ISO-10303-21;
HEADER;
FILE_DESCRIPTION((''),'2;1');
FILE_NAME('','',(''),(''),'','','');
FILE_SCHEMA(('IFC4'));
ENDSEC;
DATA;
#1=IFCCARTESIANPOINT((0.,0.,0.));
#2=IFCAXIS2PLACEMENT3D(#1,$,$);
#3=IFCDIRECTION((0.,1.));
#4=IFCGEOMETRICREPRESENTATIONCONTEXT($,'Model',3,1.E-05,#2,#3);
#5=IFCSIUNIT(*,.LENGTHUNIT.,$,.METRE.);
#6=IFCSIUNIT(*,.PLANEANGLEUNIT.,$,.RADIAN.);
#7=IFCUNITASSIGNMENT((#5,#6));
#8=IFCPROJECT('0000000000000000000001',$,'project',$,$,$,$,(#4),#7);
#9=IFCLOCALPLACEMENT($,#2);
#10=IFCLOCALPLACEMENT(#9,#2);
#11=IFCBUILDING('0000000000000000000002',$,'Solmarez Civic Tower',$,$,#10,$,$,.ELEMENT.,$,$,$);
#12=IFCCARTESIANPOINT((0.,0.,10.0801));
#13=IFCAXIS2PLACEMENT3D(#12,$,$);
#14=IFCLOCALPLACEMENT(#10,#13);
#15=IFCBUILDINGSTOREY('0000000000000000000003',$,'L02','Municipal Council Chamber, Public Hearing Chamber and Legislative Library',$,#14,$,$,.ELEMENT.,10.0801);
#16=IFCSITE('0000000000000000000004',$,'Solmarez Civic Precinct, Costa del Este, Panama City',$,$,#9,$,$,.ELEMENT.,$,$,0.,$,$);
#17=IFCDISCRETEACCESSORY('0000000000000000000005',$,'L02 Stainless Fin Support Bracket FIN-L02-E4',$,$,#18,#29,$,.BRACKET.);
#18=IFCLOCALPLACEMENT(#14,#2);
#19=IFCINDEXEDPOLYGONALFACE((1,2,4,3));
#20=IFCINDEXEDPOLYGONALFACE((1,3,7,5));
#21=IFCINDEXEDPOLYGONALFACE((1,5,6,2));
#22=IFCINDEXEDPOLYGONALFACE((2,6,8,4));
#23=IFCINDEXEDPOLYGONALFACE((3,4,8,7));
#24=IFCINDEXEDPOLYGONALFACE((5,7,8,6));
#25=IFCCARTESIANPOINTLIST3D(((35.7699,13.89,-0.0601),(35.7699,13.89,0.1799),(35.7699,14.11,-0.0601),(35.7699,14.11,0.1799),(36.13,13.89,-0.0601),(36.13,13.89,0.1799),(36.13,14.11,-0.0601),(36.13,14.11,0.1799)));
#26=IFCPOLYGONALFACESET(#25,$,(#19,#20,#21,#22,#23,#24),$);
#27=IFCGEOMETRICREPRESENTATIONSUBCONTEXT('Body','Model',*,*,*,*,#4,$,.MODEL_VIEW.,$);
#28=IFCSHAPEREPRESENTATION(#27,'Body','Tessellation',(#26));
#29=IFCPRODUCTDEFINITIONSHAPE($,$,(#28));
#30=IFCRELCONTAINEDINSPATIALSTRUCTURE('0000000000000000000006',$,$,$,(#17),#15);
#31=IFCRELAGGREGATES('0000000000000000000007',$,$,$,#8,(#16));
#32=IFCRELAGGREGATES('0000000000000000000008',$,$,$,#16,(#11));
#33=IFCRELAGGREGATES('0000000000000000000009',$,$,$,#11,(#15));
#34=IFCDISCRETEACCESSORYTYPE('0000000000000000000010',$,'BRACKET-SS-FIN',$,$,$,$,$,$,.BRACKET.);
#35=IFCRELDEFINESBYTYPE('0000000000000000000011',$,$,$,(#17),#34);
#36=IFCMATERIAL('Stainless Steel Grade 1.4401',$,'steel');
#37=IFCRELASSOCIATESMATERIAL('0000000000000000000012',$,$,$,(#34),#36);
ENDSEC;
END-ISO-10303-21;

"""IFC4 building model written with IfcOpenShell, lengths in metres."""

from ifc_helpers import new_model, si_unit, direction, frame, origin, origin_2d, place, context, subcontext, project, spatial, rectangle, extrude, material, type_object, element, save


model = new_model("IFC4")

# Units and contexts
model_context = context("Model", 3, precision=1e-05, world=origin(), true_north=direction((0.0, 1.0)))
body_context = subcontext(model_context, "Body", "Model", "MODEL_VIEW")
ifc_project = project(units=[si_unit("LENGTHUNIT", "METRE"), si_unit("PLANEANGLEUNIT", "RADIAN")], contexts=[model_context])

# Site, building, storey
site_placement = place(None, origin())
site = spatial("IfcSite", under=ifc_project, at=site_placement, Name="Solmarez Civic Precinct, Costa del Este, Panama City", CompositionType="ELEMENT", RefElevation=0.0)
building_placement = place(site_placement, origin())
building = spatial("IfcBuilding", under=site, at=building_placement, Name="Solmarez Civic Tower", CompositionType="ELEMENT")
storey_placement = place(building_placement, frame((0.0, 0.0, 10.0801)))
storey = spatial("IfcBuildingStorey", under=building, at=storey_placement, Name="L02", Description="Municipal Council Chamber, Public Hearing Chamber and Legislative Library", CompositionType="ELEMENT", Elevation=10.0801)

# Discrete accessory
ifc_material_1 = material(Name="Stainless Steel Grade 1.4401", Category="steel")
discrete_accessory_type = type_object("IfcDiscreteAccessoryType", Name="BRACKET-SS-FIN", PredefinedType="BRACKET", material=ifc_material_1)
discrete_accessory_placement = place(storey_placement, frame((35.95, 14.0, -0.0601), z_axis=(0.0, 0.0, 1.0), x_axis=(1.0, 0.0, 0.0)))
element("IfcDiscreteAccessory", 1, at=discrete_accessory_placement, inside=storey, type_object=discrete_accessory_type, Name="L02 Stainless Fin Support Bracket FIN-L02-E4", PredefinedType="BRACKET", context=body_context, shape_type="SweptSolid", body=[
    extrude(rectangle(XDim=0.3601, YDim=0.22, at=origin_2d()), origin(), (0.0, 0.0, 1.0), 0.24),
])

save(model, "model.ifc")
